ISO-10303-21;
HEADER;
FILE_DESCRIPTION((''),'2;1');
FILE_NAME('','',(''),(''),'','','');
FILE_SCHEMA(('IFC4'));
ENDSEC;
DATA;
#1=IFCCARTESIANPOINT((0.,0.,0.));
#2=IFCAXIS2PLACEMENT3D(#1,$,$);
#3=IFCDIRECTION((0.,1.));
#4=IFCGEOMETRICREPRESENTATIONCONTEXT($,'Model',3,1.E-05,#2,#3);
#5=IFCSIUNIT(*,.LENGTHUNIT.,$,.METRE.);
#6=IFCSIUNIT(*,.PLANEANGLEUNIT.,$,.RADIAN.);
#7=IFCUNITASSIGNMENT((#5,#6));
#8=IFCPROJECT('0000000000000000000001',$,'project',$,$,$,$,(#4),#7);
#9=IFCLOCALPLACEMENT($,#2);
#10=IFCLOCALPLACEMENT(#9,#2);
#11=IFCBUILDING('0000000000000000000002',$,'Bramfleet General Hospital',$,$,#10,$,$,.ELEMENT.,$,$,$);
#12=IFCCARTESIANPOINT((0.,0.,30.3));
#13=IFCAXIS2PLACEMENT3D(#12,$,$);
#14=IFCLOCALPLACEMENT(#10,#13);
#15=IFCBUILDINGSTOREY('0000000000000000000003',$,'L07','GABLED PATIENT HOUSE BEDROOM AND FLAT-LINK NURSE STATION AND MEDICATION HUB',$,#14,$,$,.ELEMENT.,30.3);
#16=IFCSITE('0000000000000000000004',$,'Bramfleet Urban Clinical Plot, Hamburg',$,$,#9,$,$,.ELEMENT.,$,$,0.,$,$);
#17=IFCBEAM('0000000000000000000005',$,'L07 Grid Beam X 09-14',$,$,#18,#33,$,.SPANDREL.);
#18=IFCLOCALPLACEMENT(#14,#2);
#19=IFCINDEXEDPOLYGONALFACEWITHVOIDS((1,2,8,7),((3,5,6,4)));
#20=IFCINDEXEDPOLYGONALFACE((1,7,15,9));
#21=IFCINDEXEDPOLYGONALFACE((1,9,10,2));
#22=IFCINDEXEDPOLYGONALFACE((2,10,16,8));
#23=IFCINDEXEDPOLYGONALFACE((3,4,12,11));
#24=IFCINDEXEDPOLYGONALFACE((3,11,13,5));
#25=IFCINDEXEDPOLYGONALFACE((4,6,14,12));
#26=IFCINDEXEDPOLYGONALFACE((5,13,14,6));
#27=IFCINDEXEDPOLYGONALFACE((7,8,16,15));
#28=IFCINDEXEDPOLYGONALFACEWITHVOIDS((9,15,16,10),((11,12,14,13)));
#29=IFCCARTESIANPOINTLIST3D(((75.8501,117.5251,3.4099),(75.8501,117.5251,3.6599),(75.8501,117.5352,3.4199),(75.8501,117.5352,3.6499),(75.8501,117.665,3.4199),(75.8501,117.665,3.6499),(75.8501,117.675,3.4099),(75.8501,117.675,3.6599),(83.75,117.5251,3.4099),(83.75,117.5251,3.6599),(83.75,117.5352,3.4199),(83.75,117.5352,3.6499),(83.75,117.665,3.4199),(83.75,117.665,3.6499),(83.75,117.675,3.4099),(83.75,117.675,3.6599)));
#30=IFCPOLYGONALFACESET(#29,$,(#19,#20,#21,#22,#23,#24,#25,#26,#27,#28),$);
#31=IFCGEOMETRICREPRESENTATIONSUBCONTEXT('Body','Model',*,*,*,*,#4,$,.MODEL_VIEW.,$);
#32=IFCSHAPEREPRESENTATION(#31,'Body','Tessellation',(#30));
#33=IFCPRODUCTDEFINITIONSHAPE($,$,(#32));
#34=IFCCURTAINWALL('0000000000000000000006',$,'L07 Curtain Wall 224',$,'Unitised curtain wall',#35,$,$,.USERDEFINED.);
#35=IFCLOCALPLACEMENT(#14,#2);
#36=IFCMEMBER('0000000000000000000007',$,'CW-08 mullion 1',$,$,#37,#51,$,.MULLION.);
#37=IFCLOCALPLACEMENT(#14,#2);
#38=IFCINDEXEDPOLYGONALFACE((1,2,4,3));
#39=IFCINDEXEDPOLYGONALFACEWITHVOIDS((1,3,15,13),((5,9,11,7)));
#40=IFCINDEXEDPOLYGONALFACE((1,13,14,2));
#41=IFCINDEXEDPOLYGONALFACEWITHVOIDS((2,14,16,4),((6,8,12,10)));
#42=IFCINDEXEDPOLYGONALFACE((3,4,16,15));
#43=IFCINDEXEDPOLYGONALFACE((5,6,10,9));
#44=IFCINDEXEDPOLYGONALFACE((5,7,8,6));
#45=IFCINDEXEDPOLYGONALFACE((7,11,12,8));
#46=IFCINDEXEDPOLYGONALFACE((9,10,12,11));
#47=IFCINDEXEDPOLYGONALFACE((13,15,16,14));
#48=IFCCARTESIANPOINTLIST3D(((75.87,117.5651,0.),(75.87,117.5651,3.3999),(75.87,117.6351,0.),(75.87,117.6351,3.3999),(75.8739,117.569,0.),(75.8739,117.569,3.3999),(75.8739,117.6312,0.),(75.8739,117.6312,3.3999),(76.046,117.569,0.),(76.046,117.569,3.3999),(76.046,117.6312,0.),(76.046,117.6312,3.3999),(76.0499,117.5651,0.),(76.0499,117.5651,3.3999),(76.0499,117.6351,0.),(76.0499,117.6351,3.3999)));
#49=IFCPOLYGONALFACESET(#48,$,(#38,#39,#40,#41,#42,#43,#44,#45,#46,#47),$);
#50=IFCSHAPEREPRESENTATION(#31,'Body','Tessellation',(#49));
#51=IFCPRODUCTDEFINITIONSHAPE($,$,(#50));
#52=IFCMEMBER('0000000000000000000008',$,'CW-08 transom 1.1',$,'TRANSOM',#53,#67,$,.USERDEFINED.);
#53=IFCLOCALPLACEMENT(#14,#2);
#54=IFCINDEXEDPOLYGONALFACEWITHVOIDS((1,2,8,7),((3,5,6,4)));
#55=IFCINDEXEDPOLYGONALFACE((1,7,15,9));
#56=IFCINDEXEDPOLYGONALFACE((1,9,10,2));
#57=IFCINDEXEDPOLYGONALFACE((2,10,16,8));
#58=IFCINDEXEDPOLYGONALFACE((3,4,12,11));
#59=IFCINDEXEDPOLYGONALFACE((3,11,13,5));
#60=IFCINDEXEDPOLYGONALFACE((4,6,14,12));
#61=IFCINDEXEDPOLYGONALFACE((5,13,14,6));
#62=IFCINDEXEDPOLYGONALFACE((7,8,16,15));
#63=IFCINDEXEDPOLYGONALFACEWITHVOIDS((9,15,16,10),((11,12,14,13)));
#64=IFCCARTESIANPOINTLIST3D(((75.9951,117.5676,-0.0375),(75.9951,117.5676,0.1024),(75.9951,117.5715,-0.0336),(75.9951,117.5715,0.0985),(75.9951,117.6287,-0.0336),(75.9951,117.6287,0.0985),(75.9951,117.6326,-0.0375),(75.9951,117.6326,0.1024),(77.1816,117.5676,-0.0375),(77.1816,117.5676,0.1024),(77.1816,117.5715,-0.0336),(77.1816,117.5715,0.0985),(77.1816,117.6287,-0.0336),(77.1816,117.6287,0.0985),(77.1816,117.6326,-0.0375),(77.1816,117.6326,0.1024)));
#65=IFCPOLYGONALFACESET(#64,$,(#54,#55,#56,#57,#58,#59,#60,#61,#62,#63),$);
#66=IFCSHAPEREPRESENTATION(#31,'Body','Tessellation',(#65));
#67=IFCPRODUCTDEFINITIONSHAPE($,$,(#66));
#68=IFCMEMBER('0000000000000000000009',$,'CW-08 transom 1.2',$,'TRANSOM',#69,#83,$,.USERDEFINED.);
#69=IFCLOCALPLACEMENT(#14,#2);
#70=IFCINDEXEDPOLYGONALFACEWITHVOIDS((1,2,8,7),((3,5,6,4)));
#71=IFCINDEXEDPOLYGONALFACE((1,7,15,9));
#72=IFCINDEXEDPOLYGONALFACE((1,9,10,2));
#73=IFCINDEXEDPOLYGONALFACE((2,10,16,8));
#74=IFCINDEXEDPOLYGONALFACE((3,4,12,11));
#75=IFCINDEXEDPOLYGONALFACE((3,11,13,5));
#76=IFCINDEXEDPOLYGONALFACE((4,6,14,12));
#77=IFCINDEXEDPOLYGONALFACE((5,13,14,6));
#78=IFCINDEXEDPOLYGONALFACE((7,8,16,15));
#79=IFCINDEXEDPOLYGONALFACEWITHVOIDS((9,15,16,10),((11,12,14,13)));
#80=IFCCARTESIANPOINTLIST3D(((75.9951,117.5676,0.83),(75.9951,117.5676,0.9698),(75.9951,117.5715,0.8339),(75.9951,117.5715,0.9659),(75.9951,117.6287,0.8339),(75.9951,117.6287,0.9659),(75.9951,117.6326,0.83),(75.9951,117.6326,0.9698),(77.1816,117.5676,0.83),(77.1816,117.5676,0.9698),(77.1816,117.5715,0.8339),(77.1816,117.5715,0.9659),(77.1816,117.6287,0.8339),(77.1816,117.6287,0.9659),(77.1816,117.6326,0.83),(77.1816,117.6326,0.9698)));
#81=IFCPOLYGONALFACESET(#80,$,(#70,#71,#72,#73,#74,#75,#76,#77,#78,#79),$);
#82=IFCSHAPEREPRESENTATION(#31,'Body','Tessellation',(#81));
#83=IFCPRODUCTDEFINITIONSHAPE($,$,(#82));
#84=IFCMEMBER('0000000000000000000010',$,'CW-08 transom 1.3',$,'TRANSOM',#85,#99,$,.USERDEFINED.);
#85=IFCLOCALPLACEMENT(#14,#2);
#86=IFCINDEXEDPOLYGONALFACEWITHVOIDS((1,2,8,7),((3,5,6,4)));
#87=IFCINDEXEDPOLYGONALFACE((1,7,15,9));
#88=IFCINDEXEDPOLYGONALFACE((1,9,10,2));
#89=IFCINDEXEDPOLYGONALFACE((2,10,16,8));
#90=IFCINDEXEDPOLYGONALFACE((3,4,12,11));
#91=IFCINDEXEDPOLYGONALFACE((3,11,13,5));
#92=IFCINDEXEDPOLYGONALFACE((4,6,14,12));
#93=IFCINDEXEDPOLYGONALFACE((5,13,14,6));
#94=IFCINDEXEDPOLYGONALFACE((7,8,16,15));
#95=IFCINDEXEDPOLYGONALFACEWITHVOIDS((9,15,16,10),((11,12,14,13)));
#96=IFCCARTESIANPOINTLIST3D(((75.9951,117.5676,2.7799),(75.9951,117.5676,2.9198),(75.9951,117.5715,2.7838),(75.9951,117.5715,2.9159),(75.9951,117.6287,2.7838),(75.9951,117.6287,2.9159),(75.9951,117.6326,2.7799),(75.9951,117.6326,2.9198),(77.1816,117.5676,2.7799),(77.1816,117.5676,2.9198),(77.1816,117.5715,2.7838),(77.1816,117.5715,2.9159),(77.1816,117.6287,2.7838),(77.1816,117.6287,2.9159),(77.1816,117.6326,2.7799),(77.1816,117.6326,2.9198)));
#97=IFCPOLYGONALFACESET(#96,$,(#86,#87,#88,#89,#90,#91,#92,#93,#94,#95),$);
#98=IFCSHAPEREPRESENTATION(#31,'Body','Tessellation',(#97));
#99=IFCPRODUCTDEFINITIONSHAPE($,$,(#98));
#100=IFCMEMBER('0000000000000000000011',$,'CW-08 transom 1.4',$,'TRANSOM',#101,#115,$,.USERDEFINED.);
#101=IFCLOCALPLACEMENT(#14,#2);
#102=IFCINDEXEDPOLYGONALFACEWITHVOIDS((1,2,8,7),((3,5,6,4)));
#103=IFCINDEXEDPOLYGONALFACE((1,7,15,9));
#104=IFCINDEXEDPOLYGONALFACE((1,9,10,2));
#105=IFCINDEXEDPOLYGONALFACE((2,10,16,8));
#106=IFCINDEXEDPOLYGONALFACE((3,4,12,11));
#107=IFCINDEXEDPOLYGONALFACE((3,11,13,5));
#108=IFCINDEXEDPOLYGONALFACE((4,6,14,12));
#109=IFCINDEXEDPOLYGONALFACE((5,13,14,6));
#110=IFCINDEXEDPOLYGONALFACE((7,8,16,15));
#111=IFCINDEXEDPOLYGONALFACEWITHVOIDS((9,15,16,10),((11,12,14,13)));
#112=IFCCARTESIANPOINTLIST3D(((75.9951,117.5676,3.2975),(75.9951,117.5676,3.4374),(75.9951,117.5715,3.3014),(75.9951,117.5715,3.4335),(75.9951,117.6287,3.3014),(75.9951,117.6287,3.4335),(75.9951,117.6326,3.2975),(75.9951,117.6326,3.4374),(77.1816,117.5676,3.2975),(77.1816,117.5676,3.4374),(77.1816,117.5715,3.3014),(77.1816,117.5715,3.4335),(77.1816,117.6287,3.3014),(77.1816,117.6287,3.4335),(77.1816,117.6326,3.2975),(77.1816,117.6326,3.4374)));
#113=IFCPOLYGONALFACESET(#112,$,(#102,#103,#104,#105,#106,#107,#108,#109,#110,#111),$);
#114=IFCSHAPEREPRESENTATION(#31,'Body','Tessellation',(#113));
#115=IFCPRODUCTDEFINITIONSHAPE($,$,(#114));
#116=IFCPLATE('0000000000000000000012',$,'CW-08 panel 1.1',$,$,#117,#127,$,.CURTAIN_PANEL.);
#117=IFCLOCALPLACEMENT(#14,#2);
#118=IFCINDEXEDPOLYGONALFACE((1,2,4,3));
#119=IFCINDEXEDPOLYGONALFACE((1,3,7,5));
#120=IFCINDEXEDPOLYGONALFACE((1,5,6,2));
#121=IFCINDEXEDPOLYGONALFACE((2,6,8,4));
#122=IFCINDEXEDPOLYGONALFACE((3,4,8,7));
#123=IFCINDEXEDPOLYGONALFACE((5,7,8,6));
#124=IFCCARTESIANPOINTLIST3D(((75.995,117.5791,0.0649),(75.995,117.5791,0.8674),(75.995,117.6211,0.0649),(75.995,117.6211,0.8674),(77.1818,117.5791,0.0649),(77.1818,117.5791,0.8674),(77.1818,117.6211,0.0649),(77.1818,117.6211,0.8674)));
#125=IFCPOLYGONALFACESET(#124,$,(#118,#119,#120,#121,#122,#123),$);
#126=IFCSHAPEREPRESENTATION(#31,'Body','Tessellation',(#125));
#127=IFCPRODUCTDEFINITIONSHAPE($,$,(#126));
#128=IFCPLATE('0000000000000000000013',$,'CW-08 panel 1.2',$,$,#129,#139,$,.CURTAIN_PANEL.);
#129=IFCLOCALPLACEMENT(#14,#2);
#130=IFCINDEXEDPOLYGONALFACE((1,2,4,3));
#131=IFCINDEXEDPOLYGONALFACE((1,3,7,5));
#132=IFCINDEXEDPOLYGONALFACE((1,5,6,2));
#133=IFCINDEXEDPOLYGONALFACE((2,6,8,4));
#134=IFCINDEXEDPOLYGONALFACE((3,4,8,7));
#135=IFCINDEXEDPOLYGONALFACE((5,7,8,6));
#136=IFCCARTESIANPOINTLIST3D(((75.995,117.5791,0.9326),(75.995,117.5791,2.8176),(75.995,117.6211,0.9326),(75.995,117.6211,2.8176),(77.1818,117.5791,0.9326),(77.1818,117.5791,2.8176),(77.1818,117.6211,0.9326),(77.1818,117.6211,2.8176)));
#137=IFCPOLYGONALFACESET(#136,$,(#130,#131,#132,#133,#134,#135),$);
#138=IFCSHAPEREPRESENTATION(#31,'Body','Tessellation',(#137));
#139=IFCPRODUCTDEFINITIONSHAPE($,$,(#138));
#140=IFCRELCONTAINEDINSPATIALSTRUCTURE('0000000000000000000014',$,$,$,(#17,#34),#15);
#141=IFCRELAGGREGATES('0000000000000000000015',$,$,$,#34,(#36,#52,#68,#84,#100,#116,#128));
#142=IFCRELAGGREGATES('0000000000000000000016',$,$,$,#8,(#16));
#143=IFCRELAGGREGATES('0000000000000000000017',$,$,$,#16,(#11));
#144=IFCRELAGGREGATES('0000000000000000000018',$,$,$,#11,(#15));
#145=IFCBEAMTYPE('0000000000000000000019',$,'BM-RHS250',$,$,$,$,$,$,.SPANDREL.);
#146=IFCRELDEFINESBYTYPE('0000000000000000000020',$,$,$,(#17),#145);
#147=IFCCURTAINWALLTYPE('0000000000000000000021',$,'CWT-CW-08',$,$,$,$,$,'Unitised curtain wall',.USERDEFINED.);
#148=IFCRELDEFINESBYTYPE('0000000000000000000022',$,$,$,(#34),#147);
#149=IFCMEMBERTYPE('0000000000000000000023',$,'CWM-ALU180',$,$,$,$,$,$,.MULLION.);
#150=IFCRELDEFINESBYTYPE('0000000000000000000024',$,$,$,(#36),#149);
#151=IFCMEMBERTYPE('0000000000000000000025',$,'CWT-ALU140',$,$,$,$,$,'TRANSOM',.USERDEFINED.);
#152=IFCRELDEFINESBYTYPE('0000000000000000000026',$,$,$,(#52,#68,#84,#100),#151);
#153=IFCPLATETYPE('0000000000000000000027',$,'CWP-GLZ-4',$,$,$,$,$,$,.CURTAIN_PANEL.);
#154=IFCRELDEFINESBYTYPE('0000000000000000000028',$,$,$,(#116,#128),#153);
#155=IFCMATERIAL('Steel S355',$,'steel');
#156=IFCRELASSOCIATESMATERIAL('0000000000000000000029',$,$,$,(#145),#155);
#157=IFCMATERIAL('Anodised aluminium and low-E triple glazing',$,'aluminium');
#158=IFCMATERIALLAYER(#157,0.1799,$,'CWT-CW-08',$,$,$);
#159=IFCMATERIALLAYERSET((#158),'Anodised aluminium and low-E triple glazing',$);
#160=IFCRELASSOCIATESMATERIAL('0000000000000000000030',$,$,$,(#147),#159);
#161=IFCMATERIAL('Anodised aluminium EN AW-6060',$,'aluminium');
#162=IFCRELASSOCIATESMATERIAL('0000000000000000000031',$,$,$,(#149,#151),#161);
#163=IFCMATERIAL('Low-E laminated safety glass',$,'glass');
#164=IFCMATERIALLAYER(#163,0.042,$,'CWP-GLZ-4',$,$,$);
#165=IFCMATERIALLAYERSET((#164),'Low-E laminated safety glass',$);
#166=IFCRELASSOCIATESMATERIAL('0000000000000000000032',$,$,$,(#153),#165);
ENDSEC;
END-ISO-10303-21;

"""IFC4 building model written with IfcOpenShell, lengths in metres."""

from ifc_helpers import new_model, si_unit, direction, frame, origin, origin_2d, place, context, subcontext, project, spatial, rectangle, hollow_rectangle, extrude, material, layer, layer_set, material_profile, profile_set, type_object, element, aggregate, save


model = new_model("IFC4")

# Units and contexts
model_context = context("Model", 3, precision=1e-05, world=origin(), true_north=direction((0.0, 1.0)))
body_context = subcontext(model_context, "Body", "Model", "MODEL_VIEW")
ifc_project = project(units=[si_unit("LENGTHUNIT", "METRE"), si_unit("PLANEANGLEUNIT", "RADIAN")], contexts=[model_context])

# Site, building, storey
site_placement = place(None, origin())
site = spatial("IfcSite", under=ifc_project, at=site_placement, Name="Bramfleet Urban Clinical Plot, Hamburg", CompositionType="ELEMENT", RefElevation=0.0)
building_placement = place(site_placement, origin())
building = spatial("IfcBuilding", under=site, at=building_placement, Name="Bramfleet General Hospital", CompositionType="ELEMENT")
storey_placement = place(building_placement, frame((0.0, 0.0, 30.3)))
storey = spatial("IfcBuildingStorey", under=building, at=storey_placement, Name="L07", Description="GABLED PATIENT HOUSE BEDROOM AND FLAT-LINK NURSE STATION AND MEDICATION HUB", CompositionType="ELEMENT", Elevation=30.3)

# Beam
ifc_material_1 = material(Name="Steel S355", Category="steel")
ifc_material_profile_1 = material_profile(ifc_material_1, hollow_rectangle(XDim=0.1499, YDim=0.25, WallThickness=0.01, at=origin_2d()), Name="RHS 250x150x10.0")
ifc_profile_set_1 = profile_set([ifc_material_profile_1], Name="Steel S355")
beam_type_1 = type_object("IfcBeamType", Name="BM-RHS250", PredefinedType="SPANDREL", material=ifc_profile_set_1)
beam_1_placement = place(storey_placement, frame((75.8501, 117.6001, 3.5349), z_axis=(1.0, 0.0, 0.0), x_axis=(0.0, 1.0, 0.0)))
element("IfcBeam", 1, at=beam_1_placement, inside=storey, type_object=beam_type_1, Name="L07 Grid Beam X 09-14", PredefinedType="SPANDREL", context=body_context, shape_type="SweptSolid", body=[
    extrude(hollow_rectangle(XDim=0.1499, YDim=0.25, WallThickness=0.01, at=origin_2d()), origin(), (0.0, 0.0, 1.0), 7.8999),
])

# Curtain wall, members, plates
ifc_material_2 = material(Name="Anodised aluminium and low-E triple glazing", Category="aluminium")
ifc_layer_1 = layer(ifc_material_2, 0.1799, Name="CWT-CW-08")
ifc_layer_set_1 = layer_set([ifc_layer_1], Name="Anodised aluminium and low-E triple glazing")
curtain_wall_type = type_object("IfcCurtainWallType", Name="CWT-CW-08", ElementType="Unitised curtain wall", PredefinedType="USERDEFINED", material=ifc_layer_set_1)
curtain_wall_placement = place(storey_placement, origin())
curtain_wall = element("IfcCurtainWall", 2, at=curtain_wall_placement, inside=storey, type_object=curtain_wall_type, Name="L07 Curtain Wall 224", ObjectType="Unitised curtain wall", PredefinedType="USERDEFINED")
ifc_material_3 = material(Name="Anodised aluminium EN AW-6060", Category="aluminium")
ifc_material_profile_2 = material_profile(ifc_material_3, hollow_rectangle(XDim=0.0701, YDim=0.1799, WallThickness=0.0039, at=origin_2d()), Name="ALU 180x70x4.0")
ifc_profile_set_2 = profile_set([ifc_material_profile_2], Name="Anodised aluminium EN AW-6060")
member_type_1 = type_object("IfcMemberType", Name="CWM-ALU180", PredefinedType="MULLION", material=ifc_profile_set_2)
member_1_placement = place(storey_placement, frame((75.96, 117.6001, 0.0), z_axis=(0.0, 0.0, 1.0), x_axis=(0.0, 1.0, 0.0)))
member_1 = element("IfcMember", 3, at=member_1_placement, type_object=member_type_1, Name="CW-08 mullion 1", PredefinedType="MULLION", context=body_context, shape_type="SweptSolid", body=[
    extrude(hollow_rectangle(XDim=0.0701, YDim=0.1799, WallThickness=0.0039, at=origin_2d()), origin(), (0.0, 0.0, 1.0), 3.3999),
])
ifc_material_profile_3 = material_profile(ifc_material_3, hollow_rectangle(XDim=0.0649, YDim=0.1399, WallThickness=0.0039, at=origin_2d()), Name="ALU 140x65x4.0")
ifc_profile_set_3 = profile_set([ifc_material_profile_3], Name="Anodised aluminium EN AW-6060")
member_type_2 = type_object("IfcMemberType", Name="CWT-ALU140", ElementType="TRANSOM", PredefinedType="USERDEFINED", material=ifc_profile_set_3)
member_2_placement = place(storey_placement, frame((75.9951, 117.6001, 0.0325), z_axis=(1.0, 0.0, 0.0), x_axis=(0.0, 1.0, 0.0)))
member_2 = element("IfcMember", 4, at=member_2_placement, type_object=member_type_2, Name="CW-08 transom 1.1", ObjectType="TRANSOM", PredefinedType="USERDEFINED", context=body_context, shape_type="SweptSolid", body=[
    extrude(hollow_rectangle(XDim=0.0649, YDim=0.1399, WallThickness=0.0039, at=origin_2d()), origin(), (0.0, 0.0, 1.0), 1.1865),
])
member_3_placement = place(storey_placement, frame((75.9951, 117.6001, 0.8999), z_axis=(1.0, 0.0, 0.0), x_axis=(0.0, 1.0, 0.0)))
member_3 = element("IfcMember", 5, at=member_3_placement, type_object=member_type_2, Name="CW-08 transom 1.2", ObjectType="TRANSOM", PredefinedType="USERDEFINED", context=body_context, shape_type="SweptSolid", body=[
    extrude(hollow_rectangle(XDim=0.0649, YDim=0.1399, WallThickness=0.0039, at=origin_2d()), origin(), (0.0, 0.0, 1.0), 1.1865),
])
member_4_placement = place(storey_placement, frame((75.9951, 117.6001, 2.8499), z_axis=(1.0, 0.0, 0.0), x_axis=(0.0, 1.0, 0.0)))
member_4 = element("IfcMember", 6, at=member_4_placement, type_object=member_type_2, Name="CW-08 transom 1.3", ObjectType="TRANSOM", PredefinedType="USERDEFINED", context=body_context, shape_type="SweptSolid", body=[
    extrude(hollow_rectangle(XDim=0.0649, YDim=0.1399, WallThickness=0.0039, at=origin_2d()), origin(), (0.0, 0.0, 1.0), 1.1865),
])
member_5_placement = place(storey_placement, frame((75.9951, 117.6001, 3.3674), z_axis=(1.0, 0.0, 0.0), x_axis=(0.0, 1.0, 0.0)))
member_5 = element("IfcMember", 7, at=member_5_placement, type_object=member_type_2, Name="CW-08 transom 1.4", ObjectType="TRANSOM", PredefinedType="USERDEFINED", context=body_context, shape_type="SweptSolid", body=[
    extrude(hollow_rectangle(XDim=0.0649, YDim=0.1399, WallThickness=0.0039, at=origin_2d()), origin(), (0.0, 0.0, 1.0), 1.1865),
])
ifc_material_4 = material(Name="Low-E laminated safety glass", Category="glass")
ifc_layer_2 = layer(ifc_material_4, 0.042, Name="CWP-GLZ-4")
ifc_layer_set_2 = layer_set([ifc_layer_2], Name="Low-E laminated safety glass")
plate_type = type_object("IfcPlateType", Name="CWP-GLZ-4", PredefinedType="CURTAIN_PANEL", material=ifc_layer_set_2)
plate_1_placement = place(storey_placement, frame((76.5884, 117.6001, 0.0649), z_axis=(0.0, 0.0, 1.0), x_axis=(1.0, 0.0, 0.0)))
plate_1 = element("IfcPlate", 8, at=plate_1_placement, type_object=plate_type, Name="CW-08 panel 1.1", PredefinedType="CURTAIN_PANEL", context=body_context, shape_type="SweptSolid", body=[
    extrude(rectangle(XDim=1.1868, YDim=0.042, at=origin_2d()), origin(), (0.0, 0.0, 1.0), 0.8025),
])
plate_2_placement = place(storey_placement, frame((76.5884, 117.6001, 0.9326), z_axis=(0.0, 0.0, 1.0), x_axis=(1.0, 0.0, 0.0)))
plate_2 = element("IfcPlate", 9, at=plate_2_placement, type_object=plate_type, Name="CW-08 panel 1.2", PredefinedType="CURTAIN_PANEL", context=body_context, shape_type="SweptSolid", body=[
    extrude(rectangle(XDim=1.1868, YDim=0.042, at=origin_2d()), origin(), (0.0, 0.0, 1.0), 1.885),
])
aggregate(curtain_wall, [member_1, member_2, member_3, member_4, member_5, plate_1, plate_2])

save(model, "model.ifc")
